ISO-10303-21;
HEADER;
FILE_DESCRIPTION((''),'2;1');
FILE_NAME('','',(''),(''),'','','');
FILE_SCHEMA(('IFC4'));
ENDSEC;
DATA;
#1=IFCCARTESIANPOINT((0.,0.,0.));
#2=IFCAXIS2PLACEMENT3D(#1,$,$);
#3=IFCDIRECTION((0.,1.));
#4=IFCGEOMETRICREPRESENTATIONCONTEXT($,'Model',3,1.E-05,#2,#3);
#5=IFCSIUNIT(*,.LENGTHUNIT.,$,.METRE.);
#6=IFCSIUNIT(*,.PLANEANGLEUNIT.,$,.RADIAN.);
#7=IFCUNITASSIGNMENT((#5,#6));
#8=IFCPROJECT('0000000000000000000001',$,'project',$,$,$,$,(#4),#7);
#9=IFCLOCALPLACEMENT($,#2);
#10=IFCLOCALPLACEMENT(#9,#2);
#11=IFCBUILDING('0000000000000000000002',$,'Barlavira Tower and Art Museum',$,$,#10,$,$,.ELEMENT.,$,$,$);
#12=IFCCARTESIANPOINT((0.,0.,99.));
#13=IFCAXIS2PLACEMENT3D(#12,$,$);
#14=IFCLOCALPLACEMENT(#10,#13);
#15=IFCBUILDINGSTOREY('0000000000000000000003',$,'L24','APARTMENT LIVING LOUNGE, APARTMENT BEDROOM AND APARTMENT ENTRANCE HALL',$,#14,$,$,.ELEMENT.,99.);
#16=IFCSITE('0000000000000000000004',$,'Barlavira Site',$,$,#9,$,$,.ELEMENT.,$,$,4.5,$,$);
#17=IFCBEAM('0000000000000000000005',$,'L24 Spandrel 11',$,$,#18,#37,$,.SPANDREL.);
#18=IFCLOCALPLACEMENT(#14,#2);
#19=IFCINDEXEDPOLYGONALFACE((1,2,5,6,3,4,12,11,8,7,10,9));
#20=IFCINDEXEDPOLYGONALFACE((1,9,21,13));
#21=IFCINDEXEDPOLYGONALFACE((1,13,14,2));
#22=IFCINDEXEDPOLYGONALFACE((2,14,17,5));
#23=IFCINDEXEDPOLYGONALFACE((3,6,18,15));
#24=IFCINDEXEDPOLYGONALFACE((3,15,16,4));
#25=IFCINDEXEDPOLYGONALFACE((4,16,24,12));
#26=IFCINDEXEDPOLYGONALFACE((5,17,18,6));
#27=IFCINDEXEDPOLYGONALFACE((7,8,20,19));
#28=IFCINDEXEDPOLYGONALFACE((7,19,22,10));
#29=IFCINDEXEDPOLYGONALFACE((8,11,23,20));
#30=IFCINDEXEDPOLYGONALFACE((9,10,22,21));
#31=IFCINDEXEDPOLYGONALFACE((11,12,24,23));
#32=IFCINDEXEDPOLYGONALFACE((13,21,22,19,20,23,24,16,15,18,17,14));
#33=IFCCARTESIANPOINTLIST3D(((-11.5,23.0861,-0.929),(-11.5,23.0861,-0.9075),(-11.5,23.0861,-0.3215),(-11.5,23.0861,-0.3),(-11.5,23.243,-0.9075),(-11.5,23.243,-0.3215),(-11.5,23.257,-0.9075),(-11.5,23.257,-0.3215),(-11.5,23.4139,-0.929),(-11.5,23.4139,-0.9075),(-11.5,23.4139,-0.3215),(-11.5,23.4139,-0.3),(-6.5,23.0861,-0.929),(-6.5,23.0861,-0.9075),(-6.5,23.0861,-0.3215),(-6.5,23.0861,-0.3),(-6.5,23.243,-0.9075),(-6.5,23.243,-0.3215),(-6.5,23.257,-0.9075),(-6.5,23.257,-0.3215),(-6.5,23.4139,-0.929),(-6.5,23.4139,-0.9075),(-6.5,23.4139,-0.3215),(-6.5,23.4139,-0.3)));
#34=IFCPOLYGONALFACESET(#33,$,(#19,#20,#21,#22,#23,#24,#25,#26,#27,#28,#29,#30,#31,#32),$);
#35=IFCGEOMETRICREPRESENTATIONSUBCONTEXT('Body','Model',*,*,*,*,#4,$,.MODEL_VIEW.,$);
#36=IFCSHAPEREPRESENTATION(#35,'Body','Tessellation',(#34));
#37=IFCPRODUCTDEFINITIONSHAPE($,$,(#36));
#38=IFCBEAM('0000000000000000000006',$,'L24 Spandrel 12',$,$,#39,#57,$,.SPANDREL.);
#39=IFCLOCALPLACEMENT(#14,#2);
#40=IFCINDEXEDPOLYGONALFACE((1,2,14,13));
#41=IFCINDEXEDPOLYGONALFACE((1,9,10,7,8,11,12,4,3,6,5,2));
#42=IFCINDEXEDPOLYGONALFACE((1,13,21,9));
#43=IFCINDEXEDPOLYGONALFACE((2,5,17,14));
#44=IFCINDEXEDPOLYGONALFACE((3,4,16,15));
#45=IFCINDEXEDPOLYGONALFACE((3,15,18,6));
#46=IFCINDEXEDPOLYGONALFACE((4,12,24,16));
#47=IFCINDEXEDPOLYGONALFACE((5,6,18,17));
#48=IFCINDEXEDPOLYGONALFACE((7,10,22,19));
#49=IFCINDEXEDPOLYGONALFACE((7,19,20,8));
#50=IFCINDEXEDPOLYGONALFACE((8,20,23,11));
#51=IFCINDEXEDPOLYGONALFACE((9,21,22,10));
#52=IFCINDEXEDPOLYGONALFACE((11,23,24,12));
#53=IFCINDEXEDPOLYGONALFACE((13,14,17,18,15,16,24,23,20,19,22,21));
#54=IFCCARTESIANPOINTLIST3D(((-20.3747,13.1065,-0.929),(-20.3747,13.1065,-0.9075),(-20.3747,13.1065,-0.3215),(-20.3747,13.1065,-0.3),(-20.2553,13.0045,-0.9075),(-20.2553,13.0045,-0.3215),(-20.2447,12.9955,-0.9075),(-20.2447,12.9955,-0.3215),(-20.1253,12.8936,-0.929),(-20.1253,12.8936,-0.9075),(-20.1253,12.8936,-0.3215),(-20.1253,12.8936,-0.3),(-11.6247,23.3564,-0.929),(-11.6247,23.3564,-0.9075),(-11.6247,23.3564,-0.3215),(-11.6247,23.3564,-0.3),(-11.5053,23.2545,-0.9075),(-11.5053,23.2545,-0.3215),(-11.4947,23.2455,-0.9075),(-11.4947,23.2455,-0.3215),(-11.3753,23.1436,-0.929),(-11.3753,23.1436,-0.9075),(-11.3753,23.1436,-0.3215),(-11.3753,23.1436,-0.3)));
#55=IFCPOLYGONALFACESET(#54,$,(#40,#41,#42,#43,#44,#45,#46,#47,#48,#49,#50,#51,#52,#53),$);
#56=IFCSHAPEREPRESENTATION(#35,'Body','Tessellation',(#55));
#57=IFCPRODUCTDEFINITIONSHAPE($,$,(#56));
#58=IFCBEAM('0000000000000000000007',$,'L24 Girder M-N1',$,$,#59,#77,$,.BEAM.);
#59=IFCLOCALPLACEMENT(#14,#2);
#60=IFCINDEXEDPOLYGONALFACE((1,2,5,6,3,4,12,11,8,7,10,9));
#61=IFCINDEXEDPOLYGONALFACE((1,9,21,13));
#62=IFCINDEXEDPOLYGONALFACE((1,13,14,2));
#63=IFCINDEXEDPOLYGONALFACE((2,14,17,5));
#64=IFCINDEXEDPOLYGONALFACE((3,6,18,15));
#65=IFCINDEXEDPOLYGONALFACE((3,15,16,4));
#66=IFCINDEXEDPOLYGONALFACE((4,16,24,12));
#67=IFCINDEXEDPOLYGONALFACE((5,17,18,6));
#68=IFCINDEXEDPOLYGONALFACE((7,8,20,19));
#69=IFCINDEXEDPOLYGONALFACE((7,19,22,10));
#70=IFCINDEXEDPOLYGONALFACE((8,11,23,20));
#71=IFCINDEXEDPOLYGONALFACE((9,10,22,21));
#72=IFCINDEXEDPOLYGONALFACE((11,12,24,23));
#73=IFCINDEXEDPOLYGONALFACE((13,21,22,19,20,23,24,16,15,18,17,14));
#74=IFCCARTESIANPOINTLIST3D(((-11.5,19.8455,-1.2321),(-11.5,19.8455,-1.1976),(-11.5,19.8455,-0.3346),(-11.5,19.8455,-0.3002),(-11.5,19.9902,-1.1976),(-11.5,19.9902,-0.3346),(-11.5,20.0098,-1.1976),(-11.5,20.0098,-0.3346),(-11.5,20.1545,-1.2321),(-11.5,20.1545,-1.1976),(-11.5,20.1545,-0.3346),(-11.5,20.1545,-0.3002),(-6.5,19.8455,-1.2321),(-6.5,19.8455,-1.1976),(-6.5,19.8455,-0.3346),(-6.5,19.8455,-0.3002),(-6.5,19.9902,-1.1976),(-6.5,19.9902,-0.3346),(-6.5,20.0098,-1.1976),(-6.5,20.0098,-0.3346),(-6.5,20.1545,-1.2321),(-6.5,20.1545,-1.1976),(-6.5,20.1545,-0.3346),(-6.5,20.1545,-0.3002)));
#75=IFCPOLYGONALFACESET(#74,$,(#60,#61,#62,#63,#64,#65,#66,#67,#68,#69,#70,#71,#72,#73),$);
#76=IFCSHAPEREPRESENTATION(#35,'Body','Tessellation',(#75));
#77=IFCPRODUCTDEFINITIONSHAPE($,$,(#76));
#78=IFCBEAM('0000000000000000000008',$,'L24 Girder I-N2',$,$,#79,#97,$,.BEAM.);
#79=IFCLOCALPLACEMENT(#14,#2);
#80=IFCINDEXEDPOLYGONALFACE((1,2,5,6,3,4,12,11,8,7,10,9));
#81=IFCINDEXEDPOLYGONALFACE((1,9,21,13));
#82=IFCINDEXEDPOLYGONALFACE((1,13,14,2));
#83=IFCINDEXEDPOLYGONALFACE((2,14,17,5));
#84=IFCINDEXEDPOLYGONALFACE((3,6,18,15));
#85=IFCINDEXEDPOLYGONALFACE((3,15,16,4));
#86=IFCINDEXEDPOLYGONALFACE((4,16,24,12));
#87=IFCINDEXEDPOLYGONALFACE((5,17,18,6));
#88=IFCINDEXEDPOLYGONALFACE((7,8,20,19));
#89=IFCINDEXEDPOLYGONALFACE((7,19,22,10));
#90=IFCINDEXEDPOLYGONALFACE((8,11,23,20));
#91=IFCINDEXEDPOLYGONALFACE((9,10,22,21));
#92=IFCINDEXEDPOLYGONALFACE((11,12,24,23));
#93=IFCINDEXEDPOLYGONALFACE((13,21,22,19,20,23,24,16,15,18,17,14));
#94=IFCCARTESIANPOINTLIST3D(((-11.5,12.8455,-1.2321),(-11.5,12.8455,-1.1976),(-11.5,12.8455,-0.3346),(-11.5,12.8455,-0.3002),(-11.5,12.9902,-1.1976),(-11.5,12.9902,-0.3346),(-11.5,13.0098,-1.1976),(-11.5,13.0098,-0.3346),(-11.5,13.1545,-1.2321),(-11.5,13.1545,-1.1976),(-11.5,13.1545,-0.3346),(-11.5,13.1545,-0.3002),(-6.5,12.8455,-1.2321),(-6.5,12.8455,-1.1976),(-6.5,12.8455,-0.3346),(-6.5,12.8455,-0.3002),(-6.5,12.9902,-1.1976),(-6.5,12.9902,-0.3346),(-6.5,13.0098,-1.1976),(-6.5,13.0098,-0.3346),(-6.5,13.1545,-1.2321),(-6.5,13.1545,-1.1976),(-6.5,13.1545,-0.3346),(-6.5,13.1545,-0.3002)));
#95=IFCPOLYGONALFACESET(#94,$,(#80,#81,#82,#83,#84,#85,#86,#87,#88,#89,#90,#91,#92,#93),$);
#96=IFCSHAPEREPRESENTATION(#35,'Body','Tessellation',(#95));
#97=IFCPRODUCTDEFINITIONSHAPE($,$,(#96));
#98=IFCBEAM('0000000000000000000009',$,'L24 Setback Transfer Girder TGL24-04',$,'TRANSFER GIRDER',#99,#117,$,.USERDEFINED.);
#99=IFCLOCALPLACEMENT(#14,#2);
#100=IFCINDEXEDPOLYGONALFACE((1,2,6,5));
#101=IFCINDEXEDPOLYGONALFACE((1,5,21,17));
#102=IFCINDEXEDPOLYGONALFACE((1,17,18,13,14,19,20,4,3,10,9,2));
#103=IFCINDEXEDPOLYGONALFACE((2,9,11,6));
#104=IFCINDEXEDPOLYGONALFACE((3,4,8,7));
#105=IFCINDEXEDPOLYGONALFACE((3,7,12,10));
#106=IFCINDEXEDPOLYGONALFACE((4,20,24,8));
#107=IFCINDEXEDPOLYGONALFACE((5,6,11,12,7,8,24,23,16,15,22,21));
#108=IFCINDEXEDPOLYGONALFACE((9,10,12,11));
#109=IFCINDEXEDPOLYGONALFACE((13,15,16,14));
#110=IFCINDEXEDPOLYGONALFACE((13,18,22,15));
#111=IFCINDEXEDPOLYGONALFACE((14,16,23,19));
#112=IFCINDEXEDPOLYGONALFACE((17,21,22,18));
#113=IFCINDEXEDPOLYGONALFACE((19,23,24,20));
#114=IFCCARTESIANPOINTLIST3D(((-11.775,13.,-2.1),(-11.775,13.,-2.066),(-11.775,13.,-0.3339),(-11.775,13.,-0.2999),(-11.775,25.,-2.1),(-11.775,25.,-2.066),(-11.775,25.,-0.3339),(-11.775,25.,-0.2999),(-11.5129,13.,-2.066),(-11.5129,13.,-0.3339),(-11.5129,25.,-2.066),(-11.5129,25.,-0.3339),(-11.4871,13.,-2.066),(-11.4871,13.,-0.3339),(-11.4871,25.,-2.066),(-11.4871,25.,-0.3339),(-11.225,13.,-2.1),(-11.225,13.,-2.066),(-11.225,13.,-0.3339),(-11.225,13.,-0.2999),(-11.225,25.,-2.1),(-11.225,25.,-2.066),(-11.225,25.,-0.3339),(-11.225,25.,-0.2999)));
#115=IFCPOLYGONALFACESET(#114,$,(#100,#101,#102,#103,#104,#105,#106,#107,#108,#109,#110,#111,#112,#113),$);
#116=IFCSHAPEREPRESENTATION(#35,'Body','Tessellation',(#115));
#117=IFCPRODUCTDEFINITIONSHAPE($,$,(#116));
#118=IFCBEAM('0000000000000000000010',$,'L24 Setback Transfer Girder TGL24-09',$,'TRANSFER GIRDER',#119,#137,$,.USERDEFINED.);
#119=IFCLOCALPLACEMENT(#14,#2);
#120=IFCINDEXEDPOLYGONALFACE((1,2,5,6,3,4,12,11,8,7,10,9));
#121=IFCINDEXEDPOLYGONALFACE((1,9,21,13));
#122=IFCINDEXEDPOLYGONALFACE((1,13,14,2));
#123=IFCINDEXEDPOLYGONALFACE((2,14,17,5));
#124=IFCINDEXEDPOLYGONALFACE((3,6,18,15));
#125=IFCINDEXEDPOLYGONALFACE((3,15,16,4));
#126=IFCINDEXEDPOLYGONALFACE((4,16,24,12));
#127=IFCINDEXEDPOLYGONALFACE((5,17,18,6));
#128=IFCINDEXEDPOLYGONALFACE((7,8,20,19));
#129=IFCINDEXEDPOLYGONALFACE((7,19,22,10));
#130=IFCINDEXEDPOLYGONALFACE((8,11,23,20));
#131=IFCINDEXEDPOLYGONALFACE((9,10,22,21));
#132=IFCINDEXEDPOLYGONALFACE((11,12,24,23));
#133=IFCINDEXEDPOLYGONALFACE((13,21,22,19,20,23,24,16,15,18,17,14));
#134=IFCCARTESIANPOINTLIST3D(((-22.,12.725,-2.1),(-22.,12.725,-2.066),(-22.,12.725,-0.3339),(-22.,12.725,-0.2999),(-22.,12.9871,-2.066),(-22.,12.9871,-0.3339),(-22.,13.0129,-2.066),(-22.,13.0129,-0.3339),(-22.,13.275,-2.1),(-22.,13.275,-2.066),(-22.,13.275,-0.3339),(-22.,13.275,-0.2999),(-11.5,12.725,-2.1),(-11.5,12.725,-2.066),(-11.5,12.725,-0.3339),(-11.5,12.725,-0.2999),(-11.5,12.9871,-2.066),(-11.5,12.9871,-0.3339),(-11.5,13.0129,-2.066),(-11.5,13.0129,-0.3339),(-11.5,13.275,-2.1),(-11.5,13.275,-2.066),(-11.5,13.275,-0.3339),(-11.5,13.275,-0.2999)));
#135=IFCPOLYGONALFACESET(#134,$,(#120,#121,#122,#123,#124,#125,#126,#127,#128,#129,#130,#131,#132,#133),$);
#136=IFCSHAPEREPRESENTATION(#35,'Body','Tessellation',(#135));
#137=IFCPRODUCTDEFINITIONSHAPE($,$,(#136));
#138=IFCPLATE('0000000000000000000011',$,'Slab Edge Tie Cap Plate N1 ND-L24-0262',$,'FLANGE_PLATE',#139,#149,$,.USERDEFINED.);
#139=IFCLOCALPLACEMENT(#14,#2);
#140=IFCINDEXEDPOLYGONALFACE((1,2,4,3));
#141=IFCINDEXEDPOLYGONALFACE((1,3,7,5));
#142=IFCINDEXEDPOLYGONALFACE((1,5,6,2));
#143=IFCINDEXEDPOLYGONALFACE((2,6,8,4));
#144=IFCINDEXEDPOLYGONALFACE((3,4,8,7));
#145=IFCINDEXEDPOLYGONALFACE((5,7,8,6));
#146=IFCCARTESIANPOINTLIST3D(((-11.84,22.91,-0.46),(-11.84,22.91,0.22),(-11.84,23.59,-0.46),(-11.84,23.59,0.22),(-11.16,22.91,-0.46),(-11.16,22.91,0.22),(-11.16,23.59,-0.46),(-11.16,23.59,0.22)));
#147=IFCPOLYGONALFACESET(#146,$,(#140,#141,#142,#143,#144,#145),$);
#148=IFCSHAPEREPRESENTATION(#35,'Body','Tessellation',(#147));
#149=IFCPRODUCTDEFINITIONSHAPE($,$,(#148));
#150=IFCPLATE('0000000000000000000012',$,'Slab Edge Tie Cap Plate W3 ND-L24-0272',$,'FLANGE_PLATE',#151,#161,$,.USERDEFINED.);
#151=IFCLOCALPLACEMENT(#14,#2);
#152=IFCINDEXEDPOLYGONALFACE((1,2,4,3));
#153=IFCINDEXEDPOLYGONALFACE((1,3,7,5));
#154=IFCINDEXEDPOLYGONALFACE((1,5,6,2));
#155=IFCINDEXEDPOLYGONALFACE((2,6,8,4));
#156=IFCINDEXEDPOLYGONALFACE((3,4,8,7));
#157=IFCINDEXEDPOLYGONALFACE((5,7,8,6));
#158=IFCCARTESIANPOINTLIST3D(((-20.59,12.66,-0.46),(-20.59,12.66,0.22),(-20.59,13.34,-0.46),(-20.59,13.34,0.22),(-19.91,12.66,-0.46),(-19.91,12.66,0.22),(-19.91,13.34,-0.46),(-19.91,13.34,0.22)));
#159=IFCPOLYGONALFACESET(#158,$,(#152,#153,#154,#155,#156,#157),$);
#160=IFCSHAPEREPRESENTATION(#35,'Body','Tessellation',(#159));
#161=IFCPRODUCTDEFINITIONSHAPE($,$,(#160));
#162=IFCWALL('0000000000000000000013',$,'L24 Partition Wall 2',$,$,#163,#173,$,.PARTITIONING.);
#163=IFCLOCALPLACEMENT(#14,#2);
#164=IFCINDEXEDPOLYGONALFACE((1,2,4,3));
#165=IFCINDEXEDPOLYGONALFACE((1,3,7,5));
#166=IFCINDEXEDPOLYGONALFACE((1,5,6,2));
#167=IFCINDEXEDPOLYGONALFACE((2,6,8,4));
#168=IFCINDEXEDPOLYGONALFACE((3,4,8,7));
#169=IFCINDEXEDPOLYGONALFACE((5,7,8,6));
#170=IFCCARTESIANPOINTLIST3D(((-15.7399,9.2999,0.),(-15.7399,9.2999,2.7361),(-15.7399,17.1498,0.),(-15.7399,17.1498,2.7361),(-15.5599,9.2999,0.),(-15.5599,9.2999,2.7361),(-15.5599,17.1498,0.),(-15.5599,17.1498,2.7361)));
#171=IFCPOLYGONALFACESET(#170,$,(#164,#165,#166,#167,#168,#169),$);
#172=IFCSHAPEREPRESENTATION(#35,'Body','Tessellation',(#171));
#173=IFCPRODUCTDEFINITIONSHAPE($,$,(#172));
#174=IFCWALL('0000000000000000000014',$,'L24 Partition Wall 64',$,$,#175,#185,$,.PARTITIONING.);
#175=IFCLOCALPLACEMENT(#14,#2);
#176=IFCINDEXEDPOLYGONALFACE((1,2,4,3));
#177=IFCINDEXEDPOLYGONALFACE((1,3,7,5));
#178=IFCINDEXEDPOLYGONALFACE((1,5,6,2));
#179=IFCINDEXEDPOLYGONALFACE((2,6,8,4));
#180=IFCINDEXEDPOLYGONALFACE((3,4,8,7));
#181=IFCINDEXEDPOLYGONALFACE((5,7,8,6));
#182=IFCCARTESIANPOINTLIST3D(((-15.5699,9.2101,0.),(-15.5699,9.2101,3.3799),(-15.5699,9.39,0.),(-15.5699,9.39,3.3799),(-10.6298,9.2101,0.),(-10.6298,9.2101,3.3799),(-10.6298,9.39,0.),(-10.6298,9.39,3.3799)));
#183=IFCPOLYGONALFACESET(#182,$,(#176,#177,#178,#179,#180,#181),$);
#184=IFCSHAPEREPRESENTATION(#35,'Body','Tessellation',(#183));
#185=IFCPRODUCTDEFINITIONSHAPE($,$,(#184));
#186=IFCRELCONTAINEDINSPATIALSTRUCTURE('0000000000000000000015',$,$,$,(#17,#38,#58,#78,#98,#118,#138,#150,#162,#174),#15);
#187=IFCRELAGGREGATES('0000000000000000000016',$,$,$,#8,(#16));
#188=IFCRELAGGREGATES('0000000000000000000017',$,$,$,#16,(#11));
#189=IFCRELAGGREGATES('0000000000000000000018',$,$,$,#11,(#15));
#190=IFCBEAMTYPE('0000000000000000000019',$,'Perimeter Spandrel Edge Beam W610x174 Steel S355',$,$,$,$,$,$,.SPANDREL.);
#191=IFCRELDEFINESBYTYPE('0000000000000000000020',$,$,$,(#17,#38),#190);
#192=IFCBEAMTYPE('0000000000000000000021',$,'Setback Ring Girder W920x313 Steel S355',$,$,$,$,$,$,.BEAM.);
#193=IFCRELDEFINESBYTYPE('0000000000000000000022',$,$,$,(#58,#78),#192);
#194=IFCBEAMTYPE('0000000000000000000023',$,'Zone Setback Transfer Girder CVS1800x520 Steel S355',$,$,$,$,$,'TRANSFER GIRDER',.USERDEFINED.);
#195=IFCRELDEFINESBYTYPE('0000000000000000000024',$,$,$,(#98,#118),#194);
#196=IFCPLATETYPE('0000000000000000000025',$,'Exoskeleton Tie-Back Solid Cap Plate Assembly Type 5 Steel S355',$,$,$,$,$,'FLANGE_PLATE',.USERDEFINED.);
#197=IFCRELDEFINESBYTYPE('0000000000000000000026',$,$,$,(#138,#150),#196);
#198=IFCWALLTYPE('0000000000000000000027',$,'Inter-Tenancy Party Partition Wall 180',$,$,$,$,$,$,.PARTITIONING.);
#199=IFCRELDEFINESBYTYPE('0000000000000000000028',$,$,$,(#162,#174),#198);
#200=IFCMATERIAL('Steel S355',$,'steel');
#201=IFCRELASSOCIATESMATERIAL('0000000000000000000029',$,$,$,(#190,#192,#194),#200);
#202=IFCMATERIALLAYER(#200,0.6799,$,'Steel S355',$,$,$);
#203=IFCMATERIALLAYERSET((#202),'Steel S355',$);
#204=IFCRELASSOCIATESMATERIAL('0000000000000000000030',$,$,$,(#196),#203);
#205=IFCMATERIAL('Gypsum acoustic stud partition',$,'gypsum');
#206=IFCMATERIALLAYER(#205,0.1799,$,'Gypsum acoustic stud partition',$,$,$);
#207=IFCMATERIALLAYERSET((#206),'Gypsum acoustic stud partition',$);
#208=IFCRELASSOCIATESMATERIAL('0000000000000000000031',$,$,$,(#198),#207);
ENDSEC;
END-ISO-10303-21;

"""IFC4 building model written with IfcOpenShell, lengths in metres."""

from ifc_helpers import new_model, si_unit, direction, frame, frame_2d, origin, origin_2d, place, context, subcontext, project, spatial, rectangle, i_section, extrude, material, layer, layer_set, material_profile, profile_set, type_object, element, save


model = new_model("IFC4")

# Units and contexts
model_context = context("Model", 3, precision=1e-05, world=origin(), true_north=direction((0.0, 1.0)))
body_context = subcontext(model_context, "Body", "Model", "MODEL_VIEW")
ifc_project = project(units=[si_unit("LENGTHUNIT", "METRE"), si_unit("PLANEANGLEUNIT", "RADIAN")], contexts=[model_context])

# Site, building, storey
site_placement = place(None, origin())
site = spatial("IfcSite", under=ifc_project, at=site_placement, Name="Barlavira Site", CompositionType="ELEMENT", RefElevation=4.5)
building_placement = place(site_placement, origin())
building = spatial("IfcBuilding", under=site, at=building_placement, Name="Barlavira Tower and Art Museum", CompositionType="ELEMENT")
storey_placement = place(building_placement, frame((0.0, 0.0, 99.0)))
storey = spatial("IfcBuildingStorey", under=building, at=storey_placement, Name="L24", Description="APARTMENT LIVING LOUNGE, APARTMENT BEDROOM AND APARTMENT ENTRANCE HALL", CompositionType="ELEMENT", Elevation=99.0)

# Shared definitions
ifc_material_1 = material(Name="Steel S355", Category="steel")

# Beams
ifc_material_profile_1 = material_profile(ifc_material_1, i_section(OverallWidth=0.3279, OverallDepth=0.6289, WebThickness=0.0139, FlangeThickness=0.0215, at=origin_2d()), Name="W610x174.0")
ifc_profile_set_1 = profile_set([ifc_material_profile_1], Name="Steel S355")
beam_type_1 = type_object("IfcBeamType", Name="Perimeter Spandrel Edge Beam W610x174 Steel S355", PredefinedType="SPANDREL", material=ifc_profile_set_1)
beam_1_placement = place(storey_placement, frame((-11.5, 23.25, -0.6145), z_axis=(1.0, 0.0, 0.0), x_axis=(0.0, 1.0, 0.0)))
element("IfcBeam", 1, at=beam_1_placement, inside=storey, type_object=beam_type_1, Name="L24 Spandrel 11", PredefinedType="SPANDREL", context=body_context, shape_type="SweptSolid", body=[
    extrude(i_section(OverallWidth=0.3279, OverallDepth=0.6289, WebThickness=0.0139, FlangeThickness=0.0215, at=origin_2d()), origin(), (0.0, 0.0, 1.0), 5.0),
])
beam_2_placement = place(storey_placement, frame((-11.5, 23.25, -0.6145), z_axis=(-0.649262, -0.760565, 0.0), x_axis=(0.760565, -0.649262, 0.0)))
element("IfcBeam", 2, at=beam_2_placement, inside=storey, type_object=beam_type_1, Name="L24 Spandrel 12", PredefinedType="SPANDREL", context=body_context, shape_type="SweptSolid", body=[
    extrude(i_section(OverallWidth=0.3279, OverallDepth=0.6289, WebThickness=0.0139, FlangeThickness=0.0215, at=origin_2d()), origin(), (0.0, 0.0, 1.0), 13.4768),
])
ifc_material_profile_2 = material_profile(ifc_material_1, i_section(OverallWidth=0.3091, OverallDepth=0.9319, WebThickness=0.0195, FlangeThickness=0.0344, at=origin_2d()), Name="W920x313.0")
ifc_profile_set_2 = profile_set([ifc_material_profile_2], Name="Steel S355")
beam_type_2 = type_object("IfcBeamType", Name="Setback Ring Girder W920x313 Steel S355", PredefinedType="BEAM", material=ifc_profile_set_2)
for number, where, z_axis, x_axis, name in (
    (3, (-11.5, 20.0, -0.7661), (1.0, 0.0, 0.0), (0.0, 1.0, 0.0), "L24 Girder M-N1"),
    (4, (-11.5, 13.0, -0.7661), (1.0, 0.0, 0.0), (0.0, 1.0, 0.0), "L24 Girder I-N2"),
):
    element("IfcBeam", number, at=place(storey_placement, frame(where, z_axis=z_axis, x_axis=x_axis)), inside=storey, type_object=beam_type_2, Name=name, PredefinedType="BEAM", context=body_context, shape_type="SweptSolid", body=[
        extrude(i_section(OverallWidth=0.3091, OverallDepth=0.9319, WebThickness=0.0195, FlangeThickness=0.0344, at=origin_2d()), origin(), (0.0, 0.0, 1.0), 5.0),
    ])
ifc_material_profile_3 = material_profile(ifc_material_1, i_section(OverallWidth=0.55, OverallDepth=1.8, WebThickness=0.0259, FlangeThickness=0.0339, at=origin_2d()), Name="CVS1800x520")
ifc_profile_set_3 = profile_set([ifc_material_profile_3], Name="Steel S355")
beam_type_3 = type_object("IfcBeamType", Name="Zone Setback Transfer Girder CVS1800x520 Steel S355", ElementType="TRANSFER GIRDER", PredefinedType="USERDEFINED", material=ifc_profile_set_3)
beam_3_placement = place(storey_placement, frame((-11.5, 13.0, -1.2), z_axis=(0.0, 1.0, 0.0), x_axis=(-1.0, 0.0, 0.0)))
element("IfcBeam", 5, at=beam_3_placement, inside=storey, type_object=beam_type_3, Name="L24 Setback Transfer Girder TGL24-04", ObjectType="TRANSFER GIRDER", PredefinedType="USERDEFINED", context=body_context, shape_type="SweptSolid", body=[
    extrude(i_section(OverallWidth=0.55, OverallDepth=1.8, WebThickness=0.0259, FlangeThickness=0.0339, at=origin_2d()), origin(), (0.0, 0.0, 1.0), 12.0),
])
beam_4_placement = place(storey_placement, frame((-22.0, 13.0, -1.2), z_axis=(1.0, 0.0, 0.0), x_axis=(0.0, 1.0, 0.0)))
element("IfcBeam", 6, at=beam_4_placement, inside=storey, type_object=beam_type_3, Name="L24 Setback Transfer Girder TGL24-09", ObjectType="TRANSFER GIRDER", PredefinedType="USERDEFINED", context=body_context, shape_type="SweptSolid", body=[
    extrude(i_section(OverallWidth=0.55, OverallDepth=1.8, WebThickness=0.0259, FlangeThickness=0.0339, at=origin_2d()), origin(), (0.0, 0.0, 1.0), 10.5),
])

# Plates
ifc_layer_1 = layer(ifc_material_1, 0.6799, Name="Steel S355")
ifc_layer_set_1 = layer_set([ifc_layer_1], Name="Steel S355")
plate_type = type_object("IfcPlateType", Name="Exoskeleton Tie-Back Solid Cap Plate Assembly Type 5 Steel S355", ElementType="FLANGE_PLATE", PredefinedType="USERDEFINED", material=ifc_layer_set_1)
for number, where, z_axis, x_axis, name in (
    (7, (-11.5, 23.25, -0.46), (0.0, 0.0, 1.0), (1.0, 0.0, 0.0), "Slab Edge Tie Cap Plate N1 ND-L24-0262"),
    (8, (-20.25, 13.0, -0.46), (0.0, 0.0, 1.0), (1.0, 0.0, 0.0), "Slab Edge Tie Cap Plate W3 ND-L24-0272"),
):
    element("IfcPlate", number, at=place(storey_placement, frame(where, z_axis=z_axis, x_axis=x_axis)), inside=storey, type_object=plate_type, Name=name, ObjectType="FLANGE_PLATE", PredefinedType="USERDEFINED", context=body_context, shape_type="SweptSolid", body=[
        extrude(rectangle(XDim=0.6799, YDim=0.6799, at=origin_2d()), origin(), (0.0, 0.0, 1.0), 0.6799),
    ])

# Walls
ifc_material_2 = material(Name="Gypsum acoustic stud partition", Category="gypsum")
ifc_layer_2 = layer(ifc_material_2, 0.1799, Name="Gypsum acoustic stud partition")
ifc_layer_set_2 = layer_set([ifc_layer_2], Name="Gypsum acoustic stud partition")
wall_type_1 = type_object("IfcWallType", Name="Inter-Tenancy Party Partition Wall 180", PredefinedType="PARTITIONING", material=ifc_layer_set_2)
wall_1_placement = place(storey_placement, frame((-15.6499, 9.3, 0.0), z_axis=(0.0, 0.0, 1.0), x_axis=(0.0, 1.0, 0.0)))
element("IfcWall", 9, at=wall_1_placement, inside=storey, type_object=wall_type_1, Name="L24 Partition Wall 2", PredefinedType="PARTITIONING", context=body_context, shape_type="SweptSolid", body=[
    extrude(rectangle(XDim=7.8499, YDim=0.1799, at=frame_2d((3.9248, 0.0))), origin(), (0.0, 0.0, 1.0), 2.7361),
])
wall_2_placement = place(storey_placement, frame((-15.5701, 9.3, 0.0), z_axis=(0.0, 0.0, 1.0), x_axis=(1.0, 0.0, 0.0)))
element("IfcWall", 10, at=wall_2_placement, inside=storey, type_object=wall_type_1, Name="L24 Partition Wall 64", PredefinedType="PARTITIONING", context=body_context, shape_type="SweptSolid", body=[
    extrude(rectangle(XDim=4.9402, YDim=0.1799, at=frame_2d((2.4702, 0.0))), origin(), (0.0, 0.0, 1.0), 3.3799),
])

save(model, "model.ifc")
